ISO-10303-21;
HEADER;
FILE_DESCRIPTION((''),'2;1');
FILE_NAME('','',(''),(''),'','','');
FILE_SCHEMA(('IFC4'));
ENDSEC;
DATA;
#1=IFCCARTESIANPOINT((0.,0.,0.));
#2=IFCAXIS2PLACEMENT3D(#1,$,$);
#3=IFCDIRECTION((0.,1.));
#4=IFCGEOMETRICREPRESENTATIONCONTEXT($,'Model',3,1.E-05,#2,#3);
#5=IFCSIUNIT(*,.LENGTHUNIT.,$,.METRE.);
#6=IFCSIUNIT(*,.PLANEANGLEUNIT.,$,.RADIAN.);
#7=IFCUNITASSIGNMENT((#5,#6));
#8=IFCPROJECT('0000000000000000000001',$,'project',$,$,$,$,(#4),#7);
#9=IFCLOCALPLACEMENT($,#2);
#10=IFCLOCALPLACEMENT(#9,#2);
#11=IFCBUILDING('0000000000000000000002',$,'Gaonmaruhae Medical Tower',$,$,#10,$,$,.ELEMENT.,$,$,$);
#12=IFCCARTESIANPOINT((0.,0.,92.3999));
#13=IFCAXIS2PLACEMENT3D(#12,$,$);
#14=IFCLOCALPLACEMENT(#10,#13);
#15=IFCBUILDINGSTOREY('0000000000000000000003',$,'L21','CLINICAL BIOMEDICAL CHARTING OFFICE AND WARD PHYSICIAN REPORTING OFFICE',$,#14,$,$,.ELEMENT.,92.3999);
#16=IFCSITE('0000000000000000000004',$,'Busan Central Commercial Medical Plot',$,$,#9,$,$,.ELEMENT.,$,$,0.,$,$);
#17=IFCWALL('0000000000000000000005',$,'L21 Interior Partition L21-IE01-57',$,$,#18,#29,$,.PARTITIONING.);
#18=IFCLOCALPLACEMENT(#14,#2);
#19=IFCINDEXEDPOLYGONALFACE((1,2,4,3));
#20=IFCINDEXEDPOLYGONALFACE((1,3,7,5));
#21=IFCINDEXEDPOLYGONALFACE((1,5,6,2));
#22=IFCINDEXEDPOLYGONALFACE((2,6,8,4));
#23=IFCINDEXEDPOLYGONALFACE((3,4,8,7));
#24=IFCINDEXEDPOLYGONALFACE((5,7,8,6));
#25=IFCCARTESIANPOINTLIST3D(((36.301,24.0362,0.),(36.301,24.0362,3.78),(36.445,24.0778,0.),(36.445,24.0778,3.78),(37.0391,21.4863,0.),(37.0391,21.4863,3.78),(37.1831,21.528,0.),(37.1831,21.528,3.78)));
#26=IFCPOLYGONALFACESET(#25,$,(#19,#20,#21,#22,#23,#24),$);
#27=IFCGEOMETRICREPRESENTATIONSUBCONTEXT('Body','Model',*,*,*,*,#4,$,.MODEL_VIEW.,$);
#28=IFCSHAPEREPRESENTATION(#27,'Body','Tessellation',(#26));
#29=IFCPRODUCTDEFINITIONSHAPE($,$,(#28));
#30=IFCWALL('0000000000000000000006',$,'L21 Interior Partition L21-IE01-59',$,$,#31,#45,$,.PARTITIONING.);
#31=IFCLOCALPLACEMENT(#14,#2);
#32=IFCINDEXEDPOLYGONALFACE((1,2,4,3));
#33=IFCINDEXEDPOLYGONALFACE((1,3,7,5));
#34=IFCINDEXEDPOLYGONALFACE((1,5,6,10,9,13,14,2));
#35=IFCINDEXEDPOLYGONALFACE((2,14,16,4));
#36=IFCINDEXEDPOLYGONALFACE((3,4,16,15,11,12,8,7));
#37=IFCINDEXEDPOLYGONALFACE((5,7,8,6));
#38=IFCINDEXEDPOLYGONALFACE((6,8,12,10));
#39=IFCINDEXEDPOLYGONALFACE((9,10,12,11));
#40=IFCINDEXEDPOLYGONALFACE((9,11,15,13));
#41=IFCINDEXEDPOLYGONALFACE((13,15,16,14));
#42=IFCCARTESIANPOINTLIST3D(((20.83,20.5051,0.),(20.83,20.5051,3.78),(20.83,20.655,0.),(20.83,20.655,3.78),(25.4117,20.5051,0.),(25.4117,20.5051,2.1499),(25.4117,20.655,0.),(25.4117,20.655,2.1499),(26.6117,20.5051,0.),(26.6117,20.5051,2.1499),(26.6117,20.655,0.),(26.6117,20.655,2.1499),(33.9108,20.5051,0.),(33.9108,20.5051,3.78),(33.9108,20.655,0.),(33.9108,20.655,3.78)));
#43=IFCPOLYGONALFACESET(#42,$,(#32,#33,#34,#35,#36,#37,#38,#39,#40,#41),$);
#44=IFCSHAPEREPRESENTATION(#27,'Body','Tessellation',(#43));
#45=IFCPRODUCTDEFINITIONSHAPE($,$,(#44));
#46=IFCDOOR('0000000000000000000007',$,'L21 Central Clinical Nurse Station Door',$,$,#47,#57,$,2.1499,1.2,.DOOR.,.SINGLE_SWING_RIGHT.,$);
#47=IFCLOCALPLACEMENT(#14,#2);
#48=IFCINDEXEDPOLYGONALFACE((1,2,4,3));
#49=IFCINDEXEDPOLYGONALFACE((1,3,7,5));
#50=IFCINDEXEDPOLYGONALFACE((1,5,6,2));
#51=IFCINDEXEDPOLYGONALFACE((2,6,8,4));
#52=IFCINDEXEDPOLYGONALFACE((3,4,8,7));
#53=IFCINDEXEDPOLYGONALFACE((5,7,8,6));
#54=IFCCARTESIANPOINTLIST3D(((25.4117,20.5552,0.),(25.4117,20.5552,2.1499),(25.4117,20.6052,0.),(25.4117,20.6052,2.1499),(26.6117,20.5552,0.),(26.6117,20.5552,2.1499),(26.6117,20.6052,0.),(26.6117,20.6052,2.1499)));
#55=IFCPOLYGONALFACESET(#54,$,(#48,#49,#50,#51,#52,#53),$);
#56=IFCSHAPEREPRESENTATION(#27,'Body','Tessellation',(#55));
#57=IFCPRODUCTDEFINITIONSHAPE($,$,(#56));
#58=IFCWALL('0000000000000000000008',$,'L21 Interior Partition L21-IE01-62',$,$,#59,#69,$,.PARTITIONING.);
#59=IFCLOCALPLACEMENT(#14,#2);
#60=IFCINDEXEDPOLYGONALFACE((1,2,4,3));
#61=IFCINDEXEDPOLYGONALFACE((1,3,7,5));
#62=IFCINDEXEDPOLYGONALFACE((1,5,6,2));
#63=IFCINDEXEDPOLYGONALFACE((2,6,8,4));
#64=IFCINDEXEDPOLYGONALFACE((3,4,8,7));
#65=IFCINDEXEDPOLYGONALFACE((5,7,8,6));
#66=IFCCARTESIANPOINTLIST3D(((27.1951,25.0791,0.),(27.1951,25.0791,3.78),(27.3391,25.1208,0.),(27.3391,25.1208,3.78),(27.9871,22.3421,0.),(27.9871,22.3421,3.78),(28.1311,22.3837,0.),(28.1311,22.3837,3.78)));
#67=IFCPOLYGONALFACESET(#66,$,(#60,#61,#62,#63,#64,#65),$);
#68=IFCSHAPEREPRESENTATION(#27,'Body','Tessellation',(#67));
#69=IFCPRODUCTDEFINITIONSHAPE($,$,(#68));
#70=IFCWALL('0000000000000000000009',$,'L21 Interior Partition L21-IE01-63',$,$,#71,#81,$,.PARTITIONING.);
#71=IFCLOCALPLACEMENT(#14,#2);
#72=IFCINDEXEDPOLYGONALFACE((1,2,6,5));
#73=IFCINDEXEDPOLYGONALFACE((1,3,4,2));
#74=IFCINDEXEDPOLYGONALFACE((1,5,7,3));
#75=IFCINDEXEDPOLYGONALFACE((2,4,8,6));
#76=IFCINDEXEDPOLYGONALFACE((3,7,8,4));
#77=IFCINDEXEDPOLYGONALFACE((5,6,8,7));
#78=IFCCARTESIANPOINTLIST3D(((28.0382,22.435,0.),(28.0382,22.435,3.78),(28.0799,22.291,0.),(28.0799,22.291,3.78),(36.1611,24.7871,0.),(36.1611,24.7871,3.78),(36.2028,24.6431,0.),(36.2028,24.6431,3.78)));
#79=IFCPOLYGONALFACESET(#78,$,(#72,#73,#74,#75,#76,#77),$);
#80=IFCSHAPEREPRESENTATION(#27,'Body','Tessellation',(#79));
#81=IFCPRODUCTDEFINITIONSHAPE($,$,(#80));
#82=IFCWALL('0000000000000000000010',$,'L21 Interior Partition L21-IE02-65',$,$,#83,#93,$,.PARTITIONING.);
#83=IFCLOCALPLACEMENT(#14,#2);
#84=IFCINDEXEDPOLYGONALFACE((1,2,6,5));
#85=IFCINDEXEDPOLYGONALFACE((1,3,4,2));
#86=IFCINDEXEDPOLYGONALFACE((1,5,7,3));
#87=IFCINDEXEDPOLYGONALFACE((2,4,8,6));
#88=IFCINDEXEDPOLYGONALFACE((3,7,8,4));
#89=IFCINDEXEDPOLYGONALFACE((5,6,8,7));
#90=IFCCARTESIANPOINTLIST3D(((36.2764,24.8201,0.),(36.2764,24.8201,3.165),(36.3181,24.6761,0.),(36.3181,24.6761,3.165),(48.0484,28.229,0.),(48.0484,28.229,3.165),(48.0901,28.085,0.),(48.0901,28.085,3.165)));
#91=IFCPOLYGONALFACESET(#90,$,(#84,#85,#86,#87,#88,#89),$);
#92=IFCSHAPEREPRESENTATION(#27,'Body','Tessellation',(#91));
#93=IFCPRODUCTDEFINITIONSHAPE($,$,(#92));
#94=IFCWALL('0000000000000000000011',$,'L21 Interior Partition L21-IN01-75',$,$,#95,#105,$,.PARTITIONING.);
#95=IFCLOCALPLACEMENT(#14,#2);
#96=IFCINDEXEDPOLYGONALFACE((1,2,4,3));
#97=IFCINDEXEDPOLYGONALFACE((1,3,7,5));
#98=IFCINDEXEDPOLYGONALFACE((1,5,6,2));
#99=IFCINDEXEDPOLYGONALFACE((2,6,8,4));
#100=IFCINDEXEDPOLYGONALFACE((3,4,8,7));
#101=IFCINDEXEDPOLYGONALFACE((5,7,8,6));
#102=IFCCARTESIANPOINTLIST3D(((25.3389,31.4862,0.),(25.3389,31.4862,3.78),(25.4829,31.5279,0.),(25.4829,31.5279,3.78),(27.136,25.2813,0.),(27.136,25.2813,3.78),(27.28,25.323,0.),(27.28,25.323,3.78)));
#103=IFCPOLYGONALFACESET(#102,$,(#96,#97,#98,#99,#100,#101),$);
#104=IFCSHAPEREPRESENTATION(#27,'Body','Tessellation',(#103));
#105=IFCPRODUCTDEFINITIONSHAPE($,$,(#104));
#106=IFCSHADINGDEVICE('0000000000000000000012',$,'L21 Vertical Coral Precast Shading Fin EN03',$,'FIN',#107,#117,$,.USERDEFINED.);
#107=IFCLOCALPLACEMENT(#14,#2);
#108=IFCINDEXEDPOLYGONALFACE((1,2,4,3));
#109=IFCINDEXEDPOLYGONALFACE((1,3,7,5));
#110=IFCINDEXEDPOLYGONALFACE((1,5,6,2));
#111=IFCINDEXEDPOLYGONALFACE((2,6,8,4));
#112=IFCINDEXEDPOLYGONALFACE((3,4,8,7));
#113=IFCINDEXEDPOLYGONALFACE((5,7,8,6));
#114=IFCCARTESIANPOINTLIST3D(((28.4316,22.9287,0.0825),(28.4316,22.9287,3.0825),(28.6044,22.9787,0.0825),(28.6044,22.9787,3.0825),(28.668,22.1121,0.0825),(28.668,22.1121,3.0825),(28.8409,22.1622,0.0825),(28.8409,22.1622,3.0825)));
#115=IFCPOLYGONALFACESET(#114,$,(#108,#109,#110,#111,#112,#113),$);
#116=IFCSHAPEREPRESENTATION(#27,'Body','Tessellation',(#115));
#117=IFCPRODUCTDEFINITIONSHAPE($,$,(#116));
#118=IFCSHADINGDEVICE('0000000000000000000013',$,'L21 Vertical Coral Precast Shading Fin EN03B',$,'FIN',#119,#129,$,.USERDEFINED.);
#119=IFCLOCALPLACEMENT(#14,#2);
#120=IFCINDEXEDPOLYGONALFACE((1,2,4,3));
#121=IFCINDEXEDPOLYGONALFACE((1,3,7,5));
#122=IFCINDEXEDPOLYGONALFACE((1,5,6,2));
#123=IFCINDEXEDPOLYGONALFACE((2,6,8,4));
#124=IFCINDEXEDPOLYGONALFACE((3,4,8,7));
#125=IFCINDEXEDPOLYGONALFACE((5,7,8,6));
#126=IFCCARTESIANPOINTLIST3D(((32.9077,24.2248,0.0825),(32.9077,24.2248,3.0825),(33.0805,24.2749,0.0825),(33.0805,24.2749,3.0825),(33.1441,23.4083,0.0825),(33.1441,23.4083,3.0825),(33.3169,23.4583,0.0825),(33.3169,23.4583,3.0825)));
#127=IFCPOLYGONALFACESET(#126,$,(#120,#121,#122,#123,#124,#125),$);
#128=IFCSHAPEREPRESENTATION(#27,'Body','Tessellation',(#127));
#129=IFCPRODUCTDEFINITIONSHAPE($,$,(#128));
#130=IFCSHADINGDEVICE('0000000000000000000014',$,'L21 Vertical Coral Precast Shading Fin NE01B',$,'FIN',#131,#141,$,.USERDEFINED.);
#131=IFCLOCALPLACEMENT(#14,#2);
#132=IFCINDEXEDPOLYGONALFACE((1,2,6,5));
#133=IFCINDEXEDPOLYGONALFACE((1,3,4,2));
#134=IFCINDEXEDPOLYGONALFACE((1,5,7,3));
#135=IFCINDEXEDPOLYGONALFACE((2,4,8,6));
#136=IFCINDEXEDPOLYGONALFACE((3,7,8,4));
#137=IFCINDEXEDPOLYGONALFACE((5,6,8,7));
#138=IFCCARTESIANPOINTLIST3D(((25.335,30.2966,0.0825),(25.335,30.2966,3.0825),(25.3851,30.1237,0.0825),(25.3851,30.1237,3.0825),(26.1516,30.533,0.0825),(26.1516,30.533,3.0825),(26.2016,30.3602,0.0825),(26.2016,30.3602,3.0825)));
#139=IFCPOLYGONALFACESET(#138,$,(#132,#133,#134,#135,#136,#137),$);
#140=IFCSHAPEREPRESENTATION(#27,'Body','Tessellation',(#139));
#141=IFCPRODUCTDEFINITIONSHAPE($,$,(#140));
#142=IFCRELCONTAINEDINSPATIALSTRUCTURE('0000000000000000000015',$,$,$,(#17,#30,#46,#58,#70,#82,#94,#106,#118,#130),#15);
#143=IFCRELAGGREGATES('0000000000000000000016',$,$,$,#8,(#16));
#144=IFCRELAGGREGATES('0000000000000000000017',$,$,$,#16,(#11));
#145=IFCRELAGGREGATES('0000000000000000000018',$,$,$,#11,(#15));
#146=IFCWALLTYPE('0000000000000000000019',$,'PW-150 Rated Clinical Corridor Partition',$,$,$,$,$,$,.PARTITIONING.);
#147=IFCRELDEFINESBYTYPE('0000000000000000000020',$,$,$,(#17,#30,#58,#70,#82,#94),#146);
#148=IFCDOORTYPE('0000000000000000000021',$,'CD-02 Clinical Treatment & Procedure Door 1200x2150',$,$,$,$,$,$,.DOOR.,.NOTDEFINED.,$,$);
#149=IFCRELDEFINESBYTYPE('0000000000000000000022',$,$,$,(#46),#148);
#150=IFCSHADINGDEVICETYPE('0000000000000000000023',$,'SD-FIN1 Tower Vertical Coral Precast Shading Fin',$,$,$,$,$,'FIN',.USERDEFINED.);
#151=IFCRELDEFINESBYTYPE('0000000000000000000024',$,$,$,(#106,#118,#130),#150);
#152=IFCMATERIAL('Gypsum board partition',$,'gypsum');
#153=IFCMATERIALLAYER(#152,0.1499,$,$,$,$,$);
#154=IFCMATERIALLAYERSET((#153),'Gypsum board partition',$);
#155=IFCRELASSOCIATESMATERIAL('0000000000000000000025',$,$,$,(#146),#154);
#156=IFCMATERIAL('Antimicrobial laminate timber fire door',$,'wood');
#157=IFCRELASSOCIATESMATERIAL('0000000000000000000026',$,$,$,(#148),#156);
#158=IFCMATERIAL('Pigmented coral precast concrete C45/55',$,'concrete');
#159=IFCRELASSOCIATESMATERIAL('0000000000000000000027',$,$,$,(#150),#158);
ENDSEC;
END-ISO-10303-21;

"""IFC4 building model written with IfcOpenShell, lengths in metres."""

from ifc_helpers import new_model, si_unit, direction, frame, frame_2d, origin, origin_2d, place, context, subcontext, project, spatial, rectangle, extrude, material, layer, layer_set, type_object, element, fill, save


model = new_model("IFC4")

# Units and contexts
model_context = context("Model", 3, precision=1e-05, world=origin(), true_north=direction((0.0, 1.0)))
body_context = subcontext(model_context, "Body", "Model", "MODEL_VIEW")
ifc_project = project(units=[si_unit("LENGTHUNIT", "METRE"), si_unit("PLANEANGLEUNIT", "RADIAN")], contexts=[model_context])

# Site, building, storey
site_placement = place(None, origin())
site = spatial("IfcSite", under=ifc_project, at=site_placement, Name="Busan Central Commercial Medical Plot", CompositionType="ELEMENT", RefElevation=0.0)
building_placement = place(site_placement, origin())
building = spatial("IfcBuilding", under=site, at=building_placement, Name="Gaonmaruhae Medical Tower", CompositionType="ELEMENT")
storey_placement = place(building_placement, frame((0.0, 0.0, 92.3999)))
storey = spatial("IfcBuildingStorey", under=building, at=storey_placement, Name="L21", Description="CLINICAL BIOMEDICAL CHARTING OFFICE AND WARD PHYSICIAN REPORTING OFFICE", CompositionType="ELEMENT", Elevation=92.3999)

# Wall
ifc_material_1 = material(Name="Gypsum board partition", Category="gypsum")
ifc_layer_1 = layer(ifc_material_1, 0.1499)
ifc_layer_set_1 = layer_set([ifc_layer_1], Name="Gypsum board partition")
wall_type_1 = type_object("IfcWallType", Name="PW-150 Rated Clinical Corridor Partition", PredefinedType="PARTITIONING", material=ifc_layer_set_1)
wall_1_placement = place(storey_placement, frame((36.373, 24.0569, 0.0), z_axis=(0.0, 0.0, 1.0), x_axis=(0.278036, -0.960571, 0.0)))
element("IfcWall", 1, at=wall_1_placement, inside=storey, type_object=wall_type_1, Name="L21 Interior Partition L21-IE01-57", PredefinedType="PARTITIONING", context=body_context, shape_type="SweptSolid", body=[
    extrude(rectangle(XDim=2.6545, YDim=0.1499, at=frame_2d((1.3271, 0.0))), origin(), (0.0, 0.0, 1.0), 3.78),
])

# Wall, opening, door
wall_2_placement = place(storey_placement, frame((33.9109, 20.5801, 0.0), z_axis=(0.0, 0.0, 1.0), x_axis=(-1.0, 0.0, 0.0)))
wall_2 = element("IfcWall", 2, at=wall_2_placement, inside=storey, type_object=wall_type_1, Name="L21 Interior Partition L21-IE01-59", PredefinedType="PARTITIONING", context=body_context, shape_type="SweptSolid", body=[
    extrude(rectangle(XDim=13.0808, YDim=0.1499, at=frame_2d((6.5405, 0.0))), origin(), (0.0, 0.0, 1.0), 3.78),
])
opening_1_placement = place(wall_2_placement, frame((7.2991, 0.0, 0.0)))
opening_1 = element("IfcOpeningElement", 3, at=opening_1_placement, cuts=wall_2, PredefinedType="OPENING", context=body_context, shape_type="SweptSolid", body=[
    extrude(rectangle(XDim=1.2, YDim=2.1499, at=frame_2d((0.6001, 1.075))), frame((0.0, 0.085, 0.0), z_axis=(0.0, -1.0, 0.0), x_axis=(1.0, 0.0, 0.0)), (0.0, 0.0, 1.0), 0.1699),
])
ifc_material_2 = material(Name="Antimicrobial laminate timber fire door", Category="wood")
door_type = type_object("IfcDoorType", Name="CD-02 Clinical Treatment & Procedure Door 1200x2150", OperationType="NOTDEFINED", PredefinedType="DOOR", material=ifc_material_2)
door_placement = place(opening_1_placement, origin())
door = element("IfcDoor", 4, at=door_placement, inside=storey, type_object=door_type, Name="L21 Central Clinical Nurse Station Door", OperationType="SINGLE_SWING_RIGHT", OverallHeight=2.1499, OverallWidth=1.2, PredefinedType="DOOR", context=body_context, shape_type="SweptSolid", body=[
    extrude(rectangle(XDim=1.2, YDim=2.1499, at=frame_2d((0.6001, 1.075))), frame((0.0, 0.0249, 0.0), z_axis=(0.0, -1.0, 0.0), x_axis=(1.0, 0.0, 0.0)), (0.0, 0.0, 1.0), 0.05),
])
fill(opening_1, door)

# Walls
wall_3_placement = place(storey_placement, frame((27.2671, 25.1001, 0.0), z_axis=(0.0, 0.0, 1.0), x_axis=(0.277956, -0.960594, 0.0)))
element("IfcWall", 5, at=wall_3_placement, inside=storey, type_object=wall_type_1, Name="L21 Interior Partition L21-IE01-62", PredefinedType="PARTITIONING", context=body_context, shape_type="SweptSolid", body=[
    extrude(rectangle(XDim=2.8494, YDim=0.1499, at=frame_2d((1.4248, 0.0))), origin(), (0.0, 0.0, 1.0), 3.78),
])
wall_4_placement = place(storey_placement, frame((28.0591, 22.363, 0.0), z_axis=(0.0, 0.0, 1.0), x_axis=(0.960542, 0.278136, 0.0)))
element("IfcWall", 6, at=wall_4_placement, inside=storey, type_object=wall_type_1, Name="L21 Interior Partition L21-IE01-63", PredefinedType="PARTITIONING", context=body_context, shape_type="SweptSolid", body=[
    extrude(rectangle(XDim=8.4565, YDim=0.1499, at=frame_2d((4.2283, 0.0))), origin(), (0.0, 0.0, 1.0), 3.78),
])
wall_5_placement = place(storey_placement, frame((36.2971, 24.748, 0.0), z_axis=(0.0, 0.0, 1.0), x_axis=(0.960537, 0.278153, 0.0)))
element("IfcWall", 7, at=wall_5_placement, inside=storey, type_object=wall_type_1, Name="L21 Interior Partition L21-IE02-65", PredefinedType="PARTITIONING", context=body_context, shape_type="SweptSolid", body=[
    extrude(rectangle(XDim=12.2556, YDim=0.1499, at=frame_2d((6.1279, 0.0))), origin(), (0.0, 0.0, 1.0), 3.165),
])
wall_6_placement = place(storey_placement, frame((25.4109, 31.5071, 0.0), z_axis=(0.0, 0.0, 1.0), x_axis=(0.278188, -0.960527, 0.0)))
element("IfcWall", 8, at=wall_6_placement, inside=storey, type_object=wall_type_1, Name="L21 Interior Partition L21-IN01-75", PredefinedType="PARTITIONING", context=body_context, shape_type="SweptSolid", body=[
    extrude(rectangle(XDim=6.46, YDim=0.1499, at=frame_2d((3.23, 0.0))), origin(), (0.0, 0.0, 1.0), 3.78),
])

# Shading devices
ifc_material_3 = material(Name="Pigmented coral precast concrete C45/55", Category="concrete")
shading_device_type = type_object("IfcShadingDeviceType", Name="SD-FIN1 Tower Vertical Coral Precast Shading Fin", ElementType="FIN", PredefinedType="USERDEFINED", material=ifc_material_3)
for number, where, z_axis, x_axis, name in (
    (9, (28.6362, 22.5454, 0.0825), (0.0, 0.0, 1.0), (0.960537, 0.278153, 0.0), "L21 Vertical Coral Precast Shading Fin EN03"),
    (10, (33.1123, 23.8416, 0.0825), (0.0, 0.0, 1.0), (0.960537, 0.278153, 0.0), "L21 Vertical Coral Precast Shading Fin EN03B"),
    (11, (25.7683, 30.3284, 0.0825), (0.0, 0.0, 1.0), (0.278153, -0.960537, 0.0), "L21 Vertical Coral Precast Shading Fin NE01B"),
):
    element("IfcShadingDevice", number, at=place(storey_placement, frame(where, z_axis=z_axis, x_axis=x_axis)), inside=storey, type_object=shading_device_type, Name=name, ObjectType="FIN", PredefinedType="USERDEFINED", context=body_context, shape_type="SweptSolid", body=[
        extrude(rectangle(XDim=0.1799, YDim=0.8501, at=origin_2d()), origin(), (0.0, 0.0, 1.0), 3.0),
    ])

save(model, "model.ifc")
